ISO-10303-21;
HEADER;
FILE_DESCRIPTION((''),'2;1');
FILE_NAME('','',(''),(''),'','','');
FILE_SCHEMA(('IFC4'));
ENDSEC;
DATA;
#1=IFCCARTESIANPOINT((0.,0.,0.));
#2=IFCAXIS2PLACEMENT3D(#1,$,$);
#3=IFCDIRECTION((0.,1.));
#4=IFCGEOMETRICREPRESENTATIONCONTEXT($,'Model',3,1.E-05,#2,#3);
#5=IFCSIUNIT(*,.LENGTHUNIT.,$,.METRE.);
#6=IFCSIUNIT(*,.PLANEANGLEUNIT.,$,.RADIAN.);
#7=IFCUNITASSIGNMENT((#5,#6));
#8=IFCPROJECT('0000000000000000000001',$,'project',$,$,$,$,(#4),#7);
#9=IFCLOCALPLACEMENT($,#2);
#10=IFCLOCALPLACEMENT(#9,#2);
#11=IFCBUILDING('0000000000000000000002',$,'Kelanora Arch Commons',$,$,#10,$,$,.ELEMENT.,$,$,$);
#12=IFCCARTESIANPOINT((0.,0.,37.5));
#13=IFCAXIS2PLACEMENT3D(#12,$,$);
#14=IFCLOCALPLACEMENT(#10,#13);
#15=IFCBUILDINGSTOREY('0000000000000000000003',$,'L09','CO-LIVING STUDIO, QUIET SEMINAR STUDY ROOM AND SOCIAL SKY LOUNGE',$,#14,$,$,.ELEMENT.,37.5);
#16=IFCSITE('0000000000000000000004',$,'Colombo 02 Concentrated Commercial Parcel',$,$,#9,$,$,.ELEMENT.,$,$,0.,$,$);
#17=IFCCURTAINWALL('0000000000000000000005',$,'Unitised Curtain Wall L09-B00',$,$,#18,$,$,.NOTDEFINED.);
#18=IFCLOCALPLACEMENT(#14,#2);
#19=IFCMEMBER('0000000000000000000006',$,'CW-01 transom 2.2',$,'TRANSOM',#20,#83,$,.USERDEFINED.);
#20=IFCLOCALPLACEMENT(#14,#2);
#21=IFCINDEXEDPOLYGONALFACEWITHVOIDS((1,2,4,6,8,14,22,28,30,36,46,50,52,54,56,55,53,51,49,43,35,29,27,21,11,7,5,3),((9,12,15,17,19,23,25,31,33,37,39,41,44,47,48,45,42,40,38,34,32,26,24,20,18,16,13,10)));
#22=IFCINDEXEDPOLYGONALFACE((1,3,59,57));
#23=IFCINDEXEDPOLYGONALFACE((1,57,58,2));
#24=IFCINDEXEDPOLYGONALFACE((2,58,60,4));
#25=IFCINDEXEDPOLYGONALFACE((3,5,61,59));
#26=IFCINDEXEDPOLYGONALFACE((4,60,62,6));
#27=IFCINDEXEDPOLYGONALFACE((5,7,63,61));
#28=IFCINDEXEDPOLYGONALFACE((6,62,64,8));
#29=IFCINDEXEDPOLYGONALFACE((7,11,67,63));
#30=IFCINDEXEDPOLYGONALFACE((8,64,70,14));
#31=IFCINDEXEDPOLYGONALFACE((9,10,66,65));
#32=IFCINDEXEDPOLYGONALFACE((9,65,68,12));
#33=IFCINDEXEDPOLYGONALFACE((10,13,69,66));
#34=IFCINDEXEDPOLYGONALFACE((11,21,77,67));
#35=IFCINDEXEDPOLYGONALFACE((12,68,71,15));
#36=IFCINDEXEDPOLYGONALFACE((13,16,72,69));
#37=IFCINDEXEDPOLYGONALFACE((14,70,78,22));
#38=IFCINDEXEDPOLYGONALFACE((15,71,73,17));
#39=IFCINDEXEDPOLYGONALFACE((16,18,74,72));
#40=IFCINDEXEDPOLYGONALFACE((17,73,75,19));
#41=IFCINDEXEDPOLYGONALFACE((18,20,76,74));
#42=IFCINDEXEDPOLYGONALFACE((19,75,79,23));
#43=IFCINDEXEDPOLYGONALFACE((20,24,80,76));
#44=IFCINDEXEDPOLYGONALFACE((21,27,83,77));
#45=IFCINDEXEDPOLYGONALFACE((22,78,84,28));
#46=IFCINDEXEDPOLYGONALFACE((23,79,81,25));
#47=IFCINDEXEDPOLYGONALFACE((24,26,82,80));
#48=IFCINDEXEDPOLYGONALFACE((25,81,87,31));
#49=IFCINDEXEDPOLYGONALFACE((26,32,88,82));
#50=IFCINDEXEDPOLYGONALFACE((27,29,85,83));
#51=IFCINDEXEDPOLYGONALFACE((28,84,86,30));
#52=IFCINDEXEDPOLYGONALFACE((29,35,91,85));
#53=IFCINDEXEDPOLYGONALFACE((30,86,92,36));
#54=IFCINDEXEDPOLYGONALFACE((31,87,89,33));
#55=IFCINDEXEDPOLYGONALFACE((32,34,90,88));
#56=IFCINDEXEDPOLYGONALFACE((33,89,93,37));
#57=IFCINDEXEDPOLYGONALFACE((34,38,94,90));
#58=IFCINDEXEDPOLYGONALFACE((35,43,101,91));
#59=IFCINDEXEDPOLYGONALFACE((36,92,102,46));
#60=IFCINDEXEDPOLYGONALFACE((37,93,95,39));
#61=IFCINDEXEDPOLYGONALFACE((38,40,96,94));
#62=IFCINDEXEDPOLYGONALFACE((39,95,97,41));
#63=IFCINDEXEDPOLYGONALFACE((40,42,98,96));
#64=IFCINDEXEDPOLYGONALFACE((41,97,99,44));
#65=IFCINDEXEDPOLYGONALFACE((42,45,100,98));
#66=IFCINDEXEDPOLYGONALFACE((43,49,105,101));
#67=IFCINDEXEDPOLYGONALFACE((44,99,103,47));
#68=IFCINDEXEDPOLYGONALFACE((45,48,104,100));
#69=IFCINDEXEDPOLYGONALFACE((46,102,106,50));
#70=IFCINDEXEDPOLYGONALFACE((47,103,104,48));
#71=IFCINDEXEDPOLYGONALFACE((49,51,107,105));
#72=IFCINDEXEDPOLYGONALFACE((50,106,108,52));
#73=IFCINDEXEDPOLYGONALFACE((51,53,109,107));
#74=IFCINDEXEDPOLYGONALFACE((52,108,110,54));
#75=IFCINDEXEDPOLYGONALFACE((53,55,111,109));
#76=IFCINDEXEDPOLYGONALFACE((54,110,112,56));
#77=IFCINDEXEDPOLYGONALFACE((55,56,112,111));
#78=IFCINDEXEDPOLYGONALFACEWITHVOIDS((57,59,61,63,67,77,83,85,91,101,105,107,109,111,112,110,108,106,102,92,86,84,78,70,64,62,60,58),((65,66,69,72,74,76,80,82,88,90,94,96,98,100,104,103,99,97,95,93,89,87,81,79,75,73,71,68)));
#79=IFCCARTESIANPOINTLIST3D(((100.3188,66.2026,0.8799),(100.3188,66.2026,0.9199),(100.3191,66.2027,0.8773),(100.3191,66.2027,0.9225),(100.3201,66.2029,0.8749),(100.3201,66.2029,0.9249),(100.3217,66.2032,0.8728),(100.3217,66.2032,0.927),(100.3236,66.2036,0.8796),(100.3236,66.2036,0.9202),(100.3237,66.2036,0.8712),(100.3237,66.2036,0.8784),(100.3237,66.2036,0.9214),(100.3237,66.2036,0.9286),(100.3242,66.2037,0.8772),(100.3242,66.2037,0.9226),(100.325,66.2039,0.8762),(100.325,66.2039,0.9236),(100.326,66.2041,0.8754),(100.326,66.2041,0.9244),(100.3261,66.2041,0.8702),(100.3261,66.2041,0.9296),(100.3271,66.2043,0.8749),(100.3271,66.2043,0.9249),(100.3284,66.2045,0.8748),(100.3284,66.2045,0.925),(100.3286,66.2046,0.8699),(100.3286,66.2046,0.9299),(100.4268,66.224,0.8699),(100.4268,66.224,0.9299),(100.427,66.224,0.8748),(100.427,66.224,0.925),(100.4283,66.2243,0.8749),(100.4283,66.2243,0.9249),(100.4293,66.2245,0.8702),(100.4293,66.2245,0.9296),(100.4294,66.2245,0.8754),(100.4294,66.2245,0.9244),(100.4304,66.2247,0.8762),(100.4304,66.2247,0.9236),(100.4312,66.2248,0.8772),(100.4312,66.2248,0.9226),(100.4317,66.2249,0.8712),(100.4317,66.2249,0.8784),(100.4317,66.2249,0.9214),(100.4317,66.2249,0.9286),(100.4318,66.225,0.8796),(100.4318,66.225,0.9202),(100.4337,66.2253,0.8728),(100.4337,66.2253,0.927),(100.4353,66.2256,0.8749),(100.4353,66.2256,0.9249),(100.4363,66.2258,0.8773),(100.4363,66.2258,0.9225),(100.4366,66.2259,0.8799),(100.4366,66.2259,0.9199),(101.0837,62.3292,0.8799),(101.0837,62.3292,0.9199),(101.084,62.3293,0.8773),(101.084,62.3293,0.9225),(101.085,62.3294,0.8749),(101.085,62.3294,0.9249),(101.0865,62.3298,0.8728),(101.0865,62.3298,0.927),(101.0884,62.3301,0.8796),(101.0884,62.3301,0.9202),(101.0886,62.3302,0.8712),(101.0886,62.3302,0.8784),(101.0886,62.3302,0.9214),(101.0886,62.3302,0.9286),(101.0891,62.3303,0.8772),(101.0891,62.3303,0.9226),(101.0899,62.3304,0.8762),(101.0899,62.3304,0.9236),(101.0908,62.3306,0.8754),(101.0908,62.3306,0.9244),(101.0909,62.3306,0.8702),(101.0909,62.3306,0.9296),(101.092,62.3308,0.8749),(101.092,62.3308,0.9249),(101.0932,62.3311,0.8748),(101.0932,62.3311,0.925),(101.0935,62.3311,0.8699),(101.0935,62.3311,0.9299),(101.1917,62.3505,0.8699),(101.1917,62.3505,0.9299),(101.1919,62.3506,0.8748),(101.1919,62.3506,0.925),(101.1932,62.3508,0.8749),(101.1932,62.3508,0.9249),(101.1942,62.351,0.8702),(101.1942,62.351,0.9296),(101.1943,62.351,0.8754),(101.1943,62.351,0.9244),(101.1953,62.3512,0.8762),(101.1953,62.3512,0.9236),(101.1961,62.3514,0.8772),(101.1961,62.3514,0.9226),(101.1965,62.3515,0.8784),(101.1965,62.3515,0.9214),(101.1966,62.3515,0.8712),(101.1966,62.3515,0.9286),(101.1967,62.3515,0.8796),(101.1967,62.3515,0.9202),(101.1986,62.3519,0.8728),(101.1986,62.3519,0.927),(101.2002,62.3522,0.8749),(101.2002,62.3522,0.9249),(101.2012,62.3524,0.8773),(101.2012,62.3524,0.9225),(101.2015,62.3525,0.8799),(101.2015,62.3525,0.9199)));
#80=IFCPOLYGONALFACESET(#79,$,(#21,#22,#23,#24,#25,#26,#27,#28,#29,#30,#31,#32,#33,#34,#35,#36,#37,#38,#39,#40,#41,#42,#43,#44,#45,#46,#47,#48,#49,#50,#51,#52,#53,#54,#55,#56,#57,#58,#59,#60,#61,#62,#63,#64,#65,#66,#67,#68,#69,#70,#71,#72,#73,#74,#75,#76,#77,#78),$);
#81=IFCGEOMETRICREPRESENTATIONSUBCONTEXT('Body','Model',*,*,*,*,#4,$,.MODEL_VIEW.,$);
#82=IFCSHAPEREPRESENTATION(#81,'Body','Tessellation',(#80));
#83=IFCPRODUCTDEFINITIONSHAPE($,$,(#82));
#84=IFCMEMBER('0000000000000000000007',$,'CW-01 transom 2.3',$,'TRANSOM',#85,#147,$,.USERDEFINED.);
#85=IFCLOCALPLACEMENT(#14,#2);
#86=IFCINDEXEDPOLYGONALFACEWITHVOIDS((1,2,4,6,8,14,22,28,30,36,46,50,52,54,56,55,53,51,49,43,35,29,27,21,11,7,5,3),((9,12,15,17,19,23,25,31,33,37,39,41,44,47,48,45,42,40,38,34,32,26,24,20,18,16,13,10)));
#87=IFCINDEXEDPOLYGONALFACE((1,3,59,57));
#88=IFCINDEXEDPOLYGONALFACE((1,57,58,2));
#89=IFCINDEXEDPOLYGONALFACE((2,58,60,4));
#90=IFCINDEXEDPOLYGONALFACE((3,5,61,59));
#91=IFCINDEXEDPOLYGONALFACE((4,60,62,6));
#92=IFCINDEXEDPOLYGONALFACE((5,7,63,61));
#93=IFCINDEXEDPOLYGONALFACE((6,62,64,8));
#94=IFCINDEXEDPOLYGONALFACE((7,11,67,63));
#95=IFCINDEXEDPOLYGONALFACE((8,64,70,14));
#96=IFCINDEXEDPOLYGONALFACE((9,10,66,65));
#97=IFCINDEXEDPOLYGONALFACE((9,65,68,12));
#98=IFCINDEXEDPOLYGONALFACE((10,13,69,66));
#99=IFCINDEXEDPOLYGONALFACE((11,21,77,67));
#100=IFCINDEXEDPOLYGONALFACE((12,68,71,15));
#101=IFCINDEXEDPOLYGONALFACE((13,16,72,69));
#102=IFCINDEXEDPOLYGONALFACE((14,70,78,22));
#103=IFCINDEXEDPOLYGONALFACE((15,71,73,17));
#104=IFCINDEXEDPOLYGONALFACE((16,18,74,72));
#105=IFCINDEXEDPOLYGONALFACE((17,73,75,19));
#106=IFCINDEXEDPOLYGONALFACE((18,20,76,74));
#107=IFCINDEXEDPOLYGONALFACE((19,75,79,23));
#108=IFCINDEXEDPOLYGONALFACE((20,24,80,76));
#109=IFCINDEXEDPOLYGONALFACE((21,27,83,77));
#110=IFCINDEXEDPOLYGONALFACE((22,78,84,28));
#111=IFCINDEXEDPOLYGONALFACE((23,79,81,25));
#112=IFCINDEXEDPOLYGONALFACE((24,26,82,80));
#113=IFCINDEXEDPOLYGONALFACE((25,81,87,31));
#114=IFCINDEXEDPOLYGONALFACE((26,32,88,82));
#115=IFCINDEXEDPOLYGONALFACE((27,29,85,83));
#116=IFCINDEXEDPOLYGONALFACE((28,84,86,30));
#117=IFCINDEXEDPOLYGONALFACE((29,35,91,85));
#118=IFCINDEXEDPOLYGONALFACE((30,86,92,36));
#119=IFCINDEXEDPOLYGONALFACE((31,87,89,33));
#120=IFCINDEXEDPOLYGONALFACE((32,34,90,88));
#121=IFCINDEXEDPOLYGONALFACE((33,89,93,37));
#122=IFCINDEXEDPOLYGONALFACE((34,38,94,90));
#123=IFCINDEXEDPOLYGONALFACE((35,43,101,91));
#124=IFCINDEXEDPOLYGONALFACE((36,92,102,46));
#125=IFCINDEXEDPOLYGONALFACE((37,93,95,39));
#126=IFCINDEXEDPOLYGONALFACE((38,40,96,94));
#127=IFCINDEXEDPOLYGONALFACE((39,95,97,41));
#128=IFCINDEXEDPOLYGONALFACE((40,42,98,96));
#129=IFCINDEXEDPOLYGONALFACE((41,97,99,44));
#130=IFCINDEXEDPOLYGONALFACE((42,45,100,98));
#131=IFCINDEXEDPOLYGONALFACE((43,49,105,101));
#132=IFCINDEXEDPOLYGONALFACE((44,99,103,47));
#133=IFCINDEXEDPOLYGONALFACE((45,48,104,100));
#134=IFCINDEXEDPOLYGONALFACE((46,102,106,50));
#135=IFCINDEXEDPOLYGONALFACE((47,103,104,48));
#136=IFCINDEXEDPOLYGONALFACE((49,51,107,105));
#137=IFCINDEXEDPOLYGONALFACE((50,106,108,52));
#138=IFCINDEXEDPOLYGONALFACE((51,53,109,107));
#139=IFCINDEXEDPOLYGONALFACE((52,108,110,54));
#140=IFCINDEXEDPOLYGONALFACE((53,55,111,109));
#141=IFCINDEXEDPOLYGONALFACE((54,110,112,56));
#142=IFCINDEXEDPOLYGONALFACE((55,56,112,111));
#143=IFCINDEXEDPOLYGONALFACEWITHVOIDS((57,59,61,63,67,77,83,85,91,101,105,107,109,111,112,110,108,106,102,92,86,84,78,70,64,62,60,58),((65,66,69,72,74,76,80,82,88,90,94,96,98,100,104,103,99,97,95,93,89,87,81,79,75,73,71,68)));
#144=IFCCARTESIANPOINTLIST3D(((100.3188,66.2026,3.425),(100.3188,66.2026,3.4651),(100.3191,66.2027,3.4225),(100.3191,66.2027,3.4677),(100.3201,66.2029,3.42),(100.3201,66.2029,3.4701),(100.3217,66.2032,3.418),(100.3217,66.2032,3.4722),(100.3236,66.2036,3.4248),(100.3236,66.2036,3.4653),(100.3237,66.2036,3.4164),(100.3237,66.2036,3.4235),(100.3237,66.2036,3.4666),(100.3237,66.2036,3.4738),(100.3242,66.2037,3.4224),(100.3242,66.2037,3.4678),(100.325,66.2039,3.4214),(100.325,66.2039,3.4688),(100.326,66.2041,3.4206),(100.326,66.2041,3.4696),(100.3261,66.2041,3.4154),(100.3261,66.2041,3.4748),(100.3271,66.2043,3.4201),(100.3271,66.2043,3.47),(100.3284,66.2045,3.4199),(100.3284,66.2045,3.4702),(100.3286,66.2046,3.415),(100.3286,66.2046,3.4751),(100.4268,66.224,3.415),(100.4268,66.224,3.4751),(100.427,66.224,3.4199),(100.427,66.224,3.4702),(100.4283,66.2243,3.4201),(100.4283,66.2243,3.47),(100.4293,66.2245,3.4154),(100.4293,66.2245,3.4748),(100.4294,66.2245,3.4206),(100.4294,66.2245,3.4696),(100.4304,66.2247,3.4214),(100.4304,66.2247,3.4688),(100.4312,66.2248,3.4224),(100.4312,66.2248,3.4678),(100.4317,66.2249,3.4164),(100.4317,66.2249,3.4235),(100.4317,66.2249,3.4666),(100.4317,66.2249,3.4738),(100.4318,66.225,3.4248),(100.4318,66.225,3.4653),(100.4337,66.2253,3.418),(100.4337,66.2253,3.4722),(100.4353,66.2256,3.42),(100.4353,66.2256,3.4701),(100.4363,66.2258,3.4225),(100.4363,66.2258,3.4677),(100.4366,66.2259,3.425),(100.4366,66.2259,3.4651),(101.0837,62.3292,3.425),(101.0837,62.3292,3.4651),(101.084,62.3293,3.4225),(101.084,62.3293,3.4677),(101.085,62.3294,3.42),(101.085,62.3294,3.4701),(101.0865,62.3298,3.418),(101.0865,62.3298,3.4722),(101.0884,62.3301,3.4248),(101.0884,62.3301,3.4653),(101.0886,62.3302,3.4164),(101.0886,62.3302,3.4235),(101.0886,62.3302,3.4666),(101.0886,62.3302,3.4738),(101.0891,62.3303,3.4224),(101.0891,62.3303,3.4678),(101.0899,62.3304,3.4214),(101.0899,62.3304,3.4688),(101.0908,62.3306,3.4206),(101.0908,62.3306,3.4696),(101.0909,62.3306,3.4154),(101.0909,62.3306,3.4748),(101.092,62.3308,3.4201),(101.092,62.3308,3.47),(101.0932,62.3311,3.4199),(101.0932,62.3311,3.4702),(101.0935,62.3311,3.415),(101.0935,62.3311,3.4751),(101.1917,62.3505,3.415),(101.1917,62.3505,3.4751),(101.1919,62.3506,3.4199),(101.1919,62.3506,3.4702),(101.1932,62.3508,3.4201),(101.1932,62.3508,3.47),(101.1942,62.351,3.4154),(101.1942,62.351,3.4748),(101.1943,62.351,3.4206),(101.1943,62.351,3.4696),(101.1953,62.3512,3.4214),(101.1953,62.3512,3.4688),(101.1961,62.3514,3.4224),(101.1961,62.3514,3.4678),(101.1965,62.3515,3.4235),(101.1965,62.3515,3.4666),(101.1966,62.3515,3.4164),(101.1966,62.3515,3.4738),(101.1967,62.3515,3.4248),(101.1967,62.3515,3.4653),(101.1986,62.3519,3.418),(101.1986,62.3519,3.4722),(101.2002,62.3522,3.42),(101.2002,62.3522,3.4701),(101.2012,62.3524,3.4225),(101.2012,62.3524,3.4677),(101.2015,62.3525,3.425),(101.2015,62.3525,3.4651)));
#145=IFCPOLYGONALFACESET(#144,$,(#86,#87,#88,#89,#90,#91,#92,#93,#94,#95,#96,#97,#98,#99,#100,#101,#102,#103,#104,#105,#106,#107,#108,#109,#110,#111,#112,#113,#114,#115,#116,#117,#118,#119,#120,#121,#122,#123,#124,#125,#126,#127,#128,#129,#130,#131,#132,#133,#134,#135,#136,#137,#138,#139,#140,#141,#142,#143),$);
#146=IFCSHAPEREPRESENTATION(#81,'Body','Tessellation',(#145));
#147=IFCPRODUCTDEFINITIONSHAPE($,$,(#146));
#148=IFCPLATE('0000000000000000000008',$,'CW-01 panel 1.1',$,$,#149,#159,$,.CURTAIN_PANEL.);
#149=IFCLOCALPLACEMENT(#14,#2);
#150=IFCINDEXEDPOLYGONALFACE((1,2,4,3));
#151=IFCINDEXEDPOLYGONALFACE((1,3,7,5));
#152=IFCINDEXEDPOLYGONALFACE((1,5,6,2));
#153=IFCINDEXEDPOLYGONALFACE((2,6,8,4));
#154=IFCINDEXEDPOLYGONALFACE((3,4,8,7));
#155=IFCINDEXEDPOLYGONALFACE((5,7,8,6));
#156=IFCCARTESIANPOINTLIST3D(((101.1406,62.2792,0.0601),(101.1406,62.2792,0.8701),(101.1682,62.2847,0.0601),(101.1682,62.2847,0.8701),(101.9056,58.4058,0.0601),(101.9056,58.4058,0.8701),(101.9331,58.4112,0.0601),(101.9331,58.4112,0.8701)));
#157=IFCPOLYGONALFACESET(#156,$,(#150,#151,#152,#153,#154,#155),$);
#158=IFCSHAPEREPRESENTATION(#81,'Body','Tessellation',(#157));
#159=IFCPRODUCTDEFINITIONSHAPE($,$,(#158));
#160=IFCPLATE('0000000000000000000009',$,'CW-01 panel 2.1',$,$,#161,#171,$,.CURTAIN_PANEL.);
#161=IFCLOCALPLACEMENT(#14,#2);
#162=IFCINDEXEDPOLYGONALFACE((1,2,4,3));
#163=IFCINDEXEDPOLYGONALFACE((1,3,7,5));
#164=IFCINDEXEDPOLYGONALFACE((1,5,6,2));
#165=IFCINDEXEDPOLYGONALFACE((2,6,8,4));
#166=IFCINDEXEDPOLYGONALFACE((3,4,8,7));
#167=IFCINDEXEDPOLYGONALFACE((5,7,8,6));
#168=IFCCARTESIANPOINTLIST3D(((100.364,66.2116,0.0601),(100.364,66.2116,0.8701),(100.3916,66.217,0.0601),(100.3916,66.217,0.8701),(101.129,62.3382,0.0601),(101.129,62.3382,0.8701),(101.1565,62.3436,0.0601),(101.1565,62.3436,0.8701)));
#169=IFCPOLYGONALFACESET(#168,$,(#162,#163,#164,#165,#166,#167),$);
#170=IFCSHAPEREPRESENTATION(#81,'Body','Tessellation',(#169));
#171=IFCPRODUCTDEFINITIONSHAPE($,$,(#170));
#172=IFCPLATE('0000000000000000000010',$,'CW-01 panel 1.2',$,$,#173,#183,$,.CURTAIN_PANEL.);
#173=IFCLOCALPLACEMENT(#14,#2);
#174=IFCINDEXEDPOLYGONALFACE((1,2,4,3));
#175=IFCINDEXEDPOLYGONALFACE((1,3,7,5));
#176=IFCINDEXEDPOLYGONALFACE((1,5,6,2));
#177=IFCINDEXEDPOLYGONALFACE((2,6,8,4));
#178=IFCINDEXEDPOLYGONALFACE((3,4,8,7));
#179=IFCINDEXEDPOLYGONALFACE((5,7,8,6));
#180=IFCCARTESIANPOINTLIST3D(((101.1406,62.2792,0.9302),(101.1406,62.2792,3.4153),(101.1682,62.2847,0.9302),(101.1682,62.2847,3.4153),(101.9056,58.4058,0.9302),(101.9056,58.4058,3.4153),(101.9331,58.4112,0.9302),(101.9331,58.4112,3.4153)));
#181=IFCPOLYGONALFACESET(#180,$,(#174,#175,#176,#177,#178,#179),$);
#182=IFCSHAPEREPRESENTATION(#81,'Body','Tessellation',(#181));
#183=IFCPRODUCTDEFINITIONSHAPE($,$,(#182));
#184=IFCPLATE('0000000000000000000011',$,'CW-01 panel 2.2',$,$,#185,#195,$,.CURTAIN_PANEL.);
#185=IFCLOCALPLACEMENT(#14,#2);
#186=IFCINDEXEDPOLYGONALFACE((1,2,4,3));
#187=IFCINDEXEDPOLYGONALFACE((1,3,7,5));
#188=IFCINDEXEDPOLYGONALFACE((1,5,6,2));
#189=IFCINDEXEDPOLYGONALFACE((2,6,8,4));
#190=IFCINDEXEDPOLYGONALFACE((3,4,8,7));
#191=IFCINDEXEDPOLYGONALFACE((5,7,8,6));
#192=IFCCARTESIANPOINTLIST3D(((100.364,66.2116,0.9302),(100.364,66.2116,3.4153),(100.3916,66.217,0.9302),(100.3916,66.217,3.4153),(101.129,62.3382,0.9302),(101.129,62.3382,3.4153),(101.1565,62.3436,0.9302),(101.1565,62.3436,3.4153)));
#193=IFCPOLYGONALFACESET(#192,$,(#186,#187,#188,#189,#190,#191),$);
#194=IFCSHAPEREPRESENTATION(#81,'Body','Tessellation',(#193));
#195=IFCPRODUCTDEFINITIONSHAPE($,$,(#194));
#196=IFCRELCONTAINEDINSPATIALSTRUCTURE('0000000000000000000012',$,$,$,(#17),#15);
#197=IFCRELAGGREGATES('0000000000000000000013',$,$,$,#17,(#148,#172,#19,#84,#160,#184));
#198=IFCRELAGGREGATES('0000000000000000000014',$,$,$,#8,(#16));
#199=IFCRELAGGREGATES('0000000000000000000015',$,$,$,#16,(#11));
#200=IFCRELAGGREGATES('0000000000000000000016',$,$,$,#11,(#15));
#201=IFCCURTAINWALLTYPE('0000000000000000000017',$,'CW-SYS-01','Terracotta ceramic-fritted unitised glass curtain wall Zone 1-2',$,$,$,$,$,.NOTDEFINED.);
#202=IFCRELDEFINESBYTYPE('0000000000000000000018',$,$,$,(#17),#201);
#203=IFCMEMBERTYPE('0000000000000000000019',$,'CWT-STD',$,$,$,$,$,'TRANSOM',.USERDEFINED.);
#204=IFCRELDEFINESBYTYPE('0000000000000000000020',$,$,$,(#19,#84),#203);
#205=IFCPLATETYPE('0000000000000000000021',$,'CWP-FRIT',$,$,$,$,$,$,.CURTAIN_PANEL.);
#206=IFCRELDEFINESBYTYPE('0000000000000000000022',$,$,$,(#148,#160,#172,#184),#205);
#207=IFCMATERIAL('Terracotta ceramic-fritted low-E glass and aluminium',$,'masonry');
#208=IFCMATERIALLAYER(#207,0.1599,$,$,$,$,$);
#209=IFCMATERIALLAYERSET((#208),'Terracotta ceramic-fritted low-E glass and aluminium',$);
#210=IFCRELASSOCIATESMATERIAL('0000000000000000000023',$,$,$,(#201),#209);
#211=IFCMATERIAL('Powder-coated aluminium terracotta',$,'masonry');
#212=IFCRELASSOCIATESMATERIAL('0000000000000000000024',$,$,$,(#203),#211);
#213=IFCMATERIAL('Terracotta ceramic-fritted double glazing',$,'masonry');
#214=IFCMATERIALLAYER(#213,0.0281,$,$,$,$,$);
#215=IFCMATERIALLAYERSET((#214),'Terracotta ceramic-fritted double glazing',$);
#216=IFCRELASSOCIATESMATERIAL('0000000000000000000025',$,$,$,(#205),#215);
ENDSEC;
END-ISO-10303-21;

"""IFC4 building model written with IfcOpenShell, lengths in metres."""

from ifc_helpers import new_model, si_unit, direction, frame, origin, origin_2d, place, context, subcontext, project, spatial, rectangle, hollow_rectangle, extrude, source, transform, mapped, material, layer, layer_set, material_profile, profile_set, type_object, element, aggregate, save


model = new_model("IFC4")

# Units and contexts
model_context = context("Model", 3, precision=1e-05, world=origin(), true_north=direction((0.0, 1.0)))
body_context = subcontext(model_context, "Body", "Model", "MODEL_VIEW")
ifc_project = project(units=[si_unit("LENGTHUNIT", "METRE"), si_unit("PLANEANGLEUNIT", "RADIAN")], contexts=[model_context])

# Site, building, storey
site_placement = place(None, origin())
site = spatial("IfcSite", under=ifc_project, at=site_placement, Name="Colombo 02 Concentrated Commercial Parcel", CompositionType="ELEMENT", RefElevation=0.0)
building_placement = place(site_placement, origin())
building = spatial("IfcBuilding", under=site, at=building_placement, Name="Kelanora Arch Commons", CompositionType="ELEMENT")
storey_placement = place(building_placement, frame((0.0, 0.0, 37.5)))
storey = spatial("IfcBuildingStorey", under=building, at=storey_placement, Name="L09", Description="CO-LIVING STUDIO, QUIET SEMINAR STUDY ROOM AND SOCIAL SKY LOUNGE", CompositionType="ELEMENT", Elevation=37.5)

# Curtain wall, members, plates
ifc_material_1 = material(Name="Terracotta ceramic-fritted low-E glass and aluminium", Category="masonry")
ifc_layer_1 = layer(ifc_material_1, 0.1599)
ifc_layer_set_1 = layer_set([ifc_layer_1], Name="Terracotta ceramic-fritted low-E glass and aluminium")
curtain_wall_type = type_object("IfcCurtainWallType", Name="CW-SYS-01", Description="Terracotta ceramic-fritted unitised glass curtain wall Zone 1-2", PredefinedType="NOTDEFINED", material=ifc_layer_set_1)
curtain_wall_placement = place(storey_placement, origin())
curtain_wall = element("IfcCurtainWall", 1, at=curtain_wall_placement, inside=storey, type_object=curtain_wall_type, Name="Unitised Curtain Wall L09-B00", PredefinedType="NOTDEFINED")
ifc_material_2 = material(Name="Powder-coated aluminium terracotta", Category="masonry")
ifc_material_profile_1 = material_profile(ifc_material_2, hollow_rectangle(XDim=0.1201, YDim=0.0601, WallThickness=0.0049, InnerFilletRadius=0.0049, OuterFilletRadius=0.01, at=origin_2d()), Name="CWT120x60")
ifc_profile_set_1 = profile_set([ifc_material_profile_1], Name="Powder-coated aluminium terracotta")
member_type_1 = type_object("IfcMemberType", Name="CWT-STD", ElementType="TRANSOM", PredefinedType="USERDEFINED", material=ifc_profile_set_1)
member_1_placement = place(storey_placement, frame((101.1426, 62.3408, 0.8999), z_axis=(-0.193725, 0.981056, 0.0), x_axis=(-0.981056, -0.193725, 0.0)))
member_1 = element("IfcMember", 2, at=member_1_placement, type_object=member_type_1, Name="CW-01 transom 2.2", ObjectType="TRANSOM", PredefinedType="USERDEFINED", context=body_context, shape_type="SweptSolid", body=[
    extrude(hollow_rectangle(XDim=0.1201, YDim=0.0601, WallThickness=0.0049, InnerFilletRadius=0.0049, OuterFilletRadius=0.01, at=origin_2d()), origin(), (0.0, 0.0, 1.0), 3.9482),
])
member_2_placement = place(storey_placement, frame((101.1426, 62.3408, 3.4451), z_axis=(-0.193725, 0.981056, 0.0), x_axis=(-0.981056, -0.193725, 0.0)))
member_2 = element("IfcMember", 3, at=member_2_placement, type_object=member_type_1, Name="CW-01 transom 2.3", ObjectType="TRANSOM", PredefinedType="USERDEFINED", context=body_context, shape_type="SweptSolid", body=[
    extrude(hollow_rectangle(XDim=0.1201, YDim=0.0601, WallThickness=0.0049, InnerFilletRadius=0.0049, OuterFilletRadius=0.01, at=origin_2d()), origin(), (0.0, 0.0, 1.0), 3.9482),
])
ifc_material_3 = material(Name="Terracotta ceramic-fritted double glazing", Category="masonry")
ifc_layer_2 = layer(ifc_material_3, 0.0281)
ifc_layer_set_2 = layer_set([ifc_layer_2], Name="Terracotta ceramic-fritted double glazing")
plate_type = type_object("IfcPlateType", Name="CWP-FRIT", PredefinedType="CURTAIN_PANEL", material=ifc_layer_set_2)
shared_shape_1 = source(origin(), body_context, "Body", "SweptSolid", [
    extrude(rectangle(XDim=3.9482, YDim=0.0281, at=origin_2d()), origin(), (0.0, 0.0, 1.0), 0.8101),
])
plate_1_placement = place(storey_placement, frame((101.5369, 60.3452, 0.0601), z_axis=(0.0, 0.0, 1.0), x_axis=(-0.193744, 0.981052, 0.0)))
plate_1 = element("IfcPlate", 4, at=plate_1_placement, type_object=plate_type, Name="CW-01 panel 1.1", PredefinedType="CURTAIN_PANEL", context=body_context, shape_type="MappedRepresentation", body=[
    mapped(shared_shape_1, transform((0.0, 0.0, 0.0), scale=1.0)),
])
plate_2_placement = place(storey_placement, frame((100.7603, 64.2776, 0.0601), z_axis=(0.0, 0.0, 1.0), x_axis=(-0.193744, 0.981052, 0.0)))
plate_2 = element("IfcPlate", 5, at=plate_2_placement, type_object=plate_type, Name="CW-01 panel 2.1", PredefinedType="CURTAIN_PANEL", context=body_context, shape_type="MappedRepresentation", body=[
    mapped(shared_shape_1, transform((0.0, 0.0, 0.0), scale=1.0)),
])
shared_shape_2 = source(origin(), body_context, "Body", "SweptSolid", [
    extrude(rectangle(XDim=3.9482, YDim=0.0281, at=origin_2d()), origin(), (0.0, 0.0, 1.0), 2.4851),
])
plate_3_placement = place(storey_placement, frame((101.5369, 60.3452, 0.9302), z_axis=(0.0, 0.0, 1.0), x_axis=(-0.193744, 0.981052, 0.0)))
plate_3 = element("IfcPlate", 6, at=plate_3_placement, type_object=plate_type, Name="CW-01 panel 1.2", PredefinedType="CURTAIN_PANEL", context=body_context, shape_type="MappedRepresentation", body=[
    mapped(shared_shape_2, transform((0.0, 0.0, 0.0), scale=1.0)),
])
plate_4_placement = place(storey_placement, frame((100.7603, 64.2776, 0.9302), z_axis=(0.0, 0.0, 1.0), x_axis=(-0.193744, 0.981052, 0.0)))
plate_4 = element("IfcPlate", 7, at=plate_4_placement, type_object=plate_type, Name="CW-01 panel 2.2", PredefinedType="CURTAIN_PANEL", context=body_context, shape_type="MappedRepresentation", body=[
    mapped(shared_shape_2, transform((0.0, 0.0, 0.0), scale=1.0)),
])
aggregate(curtain_wall, [plate_1, plate_3, member_1, member_2, plate_2, plate_4])

save(model, "model.ifc")
